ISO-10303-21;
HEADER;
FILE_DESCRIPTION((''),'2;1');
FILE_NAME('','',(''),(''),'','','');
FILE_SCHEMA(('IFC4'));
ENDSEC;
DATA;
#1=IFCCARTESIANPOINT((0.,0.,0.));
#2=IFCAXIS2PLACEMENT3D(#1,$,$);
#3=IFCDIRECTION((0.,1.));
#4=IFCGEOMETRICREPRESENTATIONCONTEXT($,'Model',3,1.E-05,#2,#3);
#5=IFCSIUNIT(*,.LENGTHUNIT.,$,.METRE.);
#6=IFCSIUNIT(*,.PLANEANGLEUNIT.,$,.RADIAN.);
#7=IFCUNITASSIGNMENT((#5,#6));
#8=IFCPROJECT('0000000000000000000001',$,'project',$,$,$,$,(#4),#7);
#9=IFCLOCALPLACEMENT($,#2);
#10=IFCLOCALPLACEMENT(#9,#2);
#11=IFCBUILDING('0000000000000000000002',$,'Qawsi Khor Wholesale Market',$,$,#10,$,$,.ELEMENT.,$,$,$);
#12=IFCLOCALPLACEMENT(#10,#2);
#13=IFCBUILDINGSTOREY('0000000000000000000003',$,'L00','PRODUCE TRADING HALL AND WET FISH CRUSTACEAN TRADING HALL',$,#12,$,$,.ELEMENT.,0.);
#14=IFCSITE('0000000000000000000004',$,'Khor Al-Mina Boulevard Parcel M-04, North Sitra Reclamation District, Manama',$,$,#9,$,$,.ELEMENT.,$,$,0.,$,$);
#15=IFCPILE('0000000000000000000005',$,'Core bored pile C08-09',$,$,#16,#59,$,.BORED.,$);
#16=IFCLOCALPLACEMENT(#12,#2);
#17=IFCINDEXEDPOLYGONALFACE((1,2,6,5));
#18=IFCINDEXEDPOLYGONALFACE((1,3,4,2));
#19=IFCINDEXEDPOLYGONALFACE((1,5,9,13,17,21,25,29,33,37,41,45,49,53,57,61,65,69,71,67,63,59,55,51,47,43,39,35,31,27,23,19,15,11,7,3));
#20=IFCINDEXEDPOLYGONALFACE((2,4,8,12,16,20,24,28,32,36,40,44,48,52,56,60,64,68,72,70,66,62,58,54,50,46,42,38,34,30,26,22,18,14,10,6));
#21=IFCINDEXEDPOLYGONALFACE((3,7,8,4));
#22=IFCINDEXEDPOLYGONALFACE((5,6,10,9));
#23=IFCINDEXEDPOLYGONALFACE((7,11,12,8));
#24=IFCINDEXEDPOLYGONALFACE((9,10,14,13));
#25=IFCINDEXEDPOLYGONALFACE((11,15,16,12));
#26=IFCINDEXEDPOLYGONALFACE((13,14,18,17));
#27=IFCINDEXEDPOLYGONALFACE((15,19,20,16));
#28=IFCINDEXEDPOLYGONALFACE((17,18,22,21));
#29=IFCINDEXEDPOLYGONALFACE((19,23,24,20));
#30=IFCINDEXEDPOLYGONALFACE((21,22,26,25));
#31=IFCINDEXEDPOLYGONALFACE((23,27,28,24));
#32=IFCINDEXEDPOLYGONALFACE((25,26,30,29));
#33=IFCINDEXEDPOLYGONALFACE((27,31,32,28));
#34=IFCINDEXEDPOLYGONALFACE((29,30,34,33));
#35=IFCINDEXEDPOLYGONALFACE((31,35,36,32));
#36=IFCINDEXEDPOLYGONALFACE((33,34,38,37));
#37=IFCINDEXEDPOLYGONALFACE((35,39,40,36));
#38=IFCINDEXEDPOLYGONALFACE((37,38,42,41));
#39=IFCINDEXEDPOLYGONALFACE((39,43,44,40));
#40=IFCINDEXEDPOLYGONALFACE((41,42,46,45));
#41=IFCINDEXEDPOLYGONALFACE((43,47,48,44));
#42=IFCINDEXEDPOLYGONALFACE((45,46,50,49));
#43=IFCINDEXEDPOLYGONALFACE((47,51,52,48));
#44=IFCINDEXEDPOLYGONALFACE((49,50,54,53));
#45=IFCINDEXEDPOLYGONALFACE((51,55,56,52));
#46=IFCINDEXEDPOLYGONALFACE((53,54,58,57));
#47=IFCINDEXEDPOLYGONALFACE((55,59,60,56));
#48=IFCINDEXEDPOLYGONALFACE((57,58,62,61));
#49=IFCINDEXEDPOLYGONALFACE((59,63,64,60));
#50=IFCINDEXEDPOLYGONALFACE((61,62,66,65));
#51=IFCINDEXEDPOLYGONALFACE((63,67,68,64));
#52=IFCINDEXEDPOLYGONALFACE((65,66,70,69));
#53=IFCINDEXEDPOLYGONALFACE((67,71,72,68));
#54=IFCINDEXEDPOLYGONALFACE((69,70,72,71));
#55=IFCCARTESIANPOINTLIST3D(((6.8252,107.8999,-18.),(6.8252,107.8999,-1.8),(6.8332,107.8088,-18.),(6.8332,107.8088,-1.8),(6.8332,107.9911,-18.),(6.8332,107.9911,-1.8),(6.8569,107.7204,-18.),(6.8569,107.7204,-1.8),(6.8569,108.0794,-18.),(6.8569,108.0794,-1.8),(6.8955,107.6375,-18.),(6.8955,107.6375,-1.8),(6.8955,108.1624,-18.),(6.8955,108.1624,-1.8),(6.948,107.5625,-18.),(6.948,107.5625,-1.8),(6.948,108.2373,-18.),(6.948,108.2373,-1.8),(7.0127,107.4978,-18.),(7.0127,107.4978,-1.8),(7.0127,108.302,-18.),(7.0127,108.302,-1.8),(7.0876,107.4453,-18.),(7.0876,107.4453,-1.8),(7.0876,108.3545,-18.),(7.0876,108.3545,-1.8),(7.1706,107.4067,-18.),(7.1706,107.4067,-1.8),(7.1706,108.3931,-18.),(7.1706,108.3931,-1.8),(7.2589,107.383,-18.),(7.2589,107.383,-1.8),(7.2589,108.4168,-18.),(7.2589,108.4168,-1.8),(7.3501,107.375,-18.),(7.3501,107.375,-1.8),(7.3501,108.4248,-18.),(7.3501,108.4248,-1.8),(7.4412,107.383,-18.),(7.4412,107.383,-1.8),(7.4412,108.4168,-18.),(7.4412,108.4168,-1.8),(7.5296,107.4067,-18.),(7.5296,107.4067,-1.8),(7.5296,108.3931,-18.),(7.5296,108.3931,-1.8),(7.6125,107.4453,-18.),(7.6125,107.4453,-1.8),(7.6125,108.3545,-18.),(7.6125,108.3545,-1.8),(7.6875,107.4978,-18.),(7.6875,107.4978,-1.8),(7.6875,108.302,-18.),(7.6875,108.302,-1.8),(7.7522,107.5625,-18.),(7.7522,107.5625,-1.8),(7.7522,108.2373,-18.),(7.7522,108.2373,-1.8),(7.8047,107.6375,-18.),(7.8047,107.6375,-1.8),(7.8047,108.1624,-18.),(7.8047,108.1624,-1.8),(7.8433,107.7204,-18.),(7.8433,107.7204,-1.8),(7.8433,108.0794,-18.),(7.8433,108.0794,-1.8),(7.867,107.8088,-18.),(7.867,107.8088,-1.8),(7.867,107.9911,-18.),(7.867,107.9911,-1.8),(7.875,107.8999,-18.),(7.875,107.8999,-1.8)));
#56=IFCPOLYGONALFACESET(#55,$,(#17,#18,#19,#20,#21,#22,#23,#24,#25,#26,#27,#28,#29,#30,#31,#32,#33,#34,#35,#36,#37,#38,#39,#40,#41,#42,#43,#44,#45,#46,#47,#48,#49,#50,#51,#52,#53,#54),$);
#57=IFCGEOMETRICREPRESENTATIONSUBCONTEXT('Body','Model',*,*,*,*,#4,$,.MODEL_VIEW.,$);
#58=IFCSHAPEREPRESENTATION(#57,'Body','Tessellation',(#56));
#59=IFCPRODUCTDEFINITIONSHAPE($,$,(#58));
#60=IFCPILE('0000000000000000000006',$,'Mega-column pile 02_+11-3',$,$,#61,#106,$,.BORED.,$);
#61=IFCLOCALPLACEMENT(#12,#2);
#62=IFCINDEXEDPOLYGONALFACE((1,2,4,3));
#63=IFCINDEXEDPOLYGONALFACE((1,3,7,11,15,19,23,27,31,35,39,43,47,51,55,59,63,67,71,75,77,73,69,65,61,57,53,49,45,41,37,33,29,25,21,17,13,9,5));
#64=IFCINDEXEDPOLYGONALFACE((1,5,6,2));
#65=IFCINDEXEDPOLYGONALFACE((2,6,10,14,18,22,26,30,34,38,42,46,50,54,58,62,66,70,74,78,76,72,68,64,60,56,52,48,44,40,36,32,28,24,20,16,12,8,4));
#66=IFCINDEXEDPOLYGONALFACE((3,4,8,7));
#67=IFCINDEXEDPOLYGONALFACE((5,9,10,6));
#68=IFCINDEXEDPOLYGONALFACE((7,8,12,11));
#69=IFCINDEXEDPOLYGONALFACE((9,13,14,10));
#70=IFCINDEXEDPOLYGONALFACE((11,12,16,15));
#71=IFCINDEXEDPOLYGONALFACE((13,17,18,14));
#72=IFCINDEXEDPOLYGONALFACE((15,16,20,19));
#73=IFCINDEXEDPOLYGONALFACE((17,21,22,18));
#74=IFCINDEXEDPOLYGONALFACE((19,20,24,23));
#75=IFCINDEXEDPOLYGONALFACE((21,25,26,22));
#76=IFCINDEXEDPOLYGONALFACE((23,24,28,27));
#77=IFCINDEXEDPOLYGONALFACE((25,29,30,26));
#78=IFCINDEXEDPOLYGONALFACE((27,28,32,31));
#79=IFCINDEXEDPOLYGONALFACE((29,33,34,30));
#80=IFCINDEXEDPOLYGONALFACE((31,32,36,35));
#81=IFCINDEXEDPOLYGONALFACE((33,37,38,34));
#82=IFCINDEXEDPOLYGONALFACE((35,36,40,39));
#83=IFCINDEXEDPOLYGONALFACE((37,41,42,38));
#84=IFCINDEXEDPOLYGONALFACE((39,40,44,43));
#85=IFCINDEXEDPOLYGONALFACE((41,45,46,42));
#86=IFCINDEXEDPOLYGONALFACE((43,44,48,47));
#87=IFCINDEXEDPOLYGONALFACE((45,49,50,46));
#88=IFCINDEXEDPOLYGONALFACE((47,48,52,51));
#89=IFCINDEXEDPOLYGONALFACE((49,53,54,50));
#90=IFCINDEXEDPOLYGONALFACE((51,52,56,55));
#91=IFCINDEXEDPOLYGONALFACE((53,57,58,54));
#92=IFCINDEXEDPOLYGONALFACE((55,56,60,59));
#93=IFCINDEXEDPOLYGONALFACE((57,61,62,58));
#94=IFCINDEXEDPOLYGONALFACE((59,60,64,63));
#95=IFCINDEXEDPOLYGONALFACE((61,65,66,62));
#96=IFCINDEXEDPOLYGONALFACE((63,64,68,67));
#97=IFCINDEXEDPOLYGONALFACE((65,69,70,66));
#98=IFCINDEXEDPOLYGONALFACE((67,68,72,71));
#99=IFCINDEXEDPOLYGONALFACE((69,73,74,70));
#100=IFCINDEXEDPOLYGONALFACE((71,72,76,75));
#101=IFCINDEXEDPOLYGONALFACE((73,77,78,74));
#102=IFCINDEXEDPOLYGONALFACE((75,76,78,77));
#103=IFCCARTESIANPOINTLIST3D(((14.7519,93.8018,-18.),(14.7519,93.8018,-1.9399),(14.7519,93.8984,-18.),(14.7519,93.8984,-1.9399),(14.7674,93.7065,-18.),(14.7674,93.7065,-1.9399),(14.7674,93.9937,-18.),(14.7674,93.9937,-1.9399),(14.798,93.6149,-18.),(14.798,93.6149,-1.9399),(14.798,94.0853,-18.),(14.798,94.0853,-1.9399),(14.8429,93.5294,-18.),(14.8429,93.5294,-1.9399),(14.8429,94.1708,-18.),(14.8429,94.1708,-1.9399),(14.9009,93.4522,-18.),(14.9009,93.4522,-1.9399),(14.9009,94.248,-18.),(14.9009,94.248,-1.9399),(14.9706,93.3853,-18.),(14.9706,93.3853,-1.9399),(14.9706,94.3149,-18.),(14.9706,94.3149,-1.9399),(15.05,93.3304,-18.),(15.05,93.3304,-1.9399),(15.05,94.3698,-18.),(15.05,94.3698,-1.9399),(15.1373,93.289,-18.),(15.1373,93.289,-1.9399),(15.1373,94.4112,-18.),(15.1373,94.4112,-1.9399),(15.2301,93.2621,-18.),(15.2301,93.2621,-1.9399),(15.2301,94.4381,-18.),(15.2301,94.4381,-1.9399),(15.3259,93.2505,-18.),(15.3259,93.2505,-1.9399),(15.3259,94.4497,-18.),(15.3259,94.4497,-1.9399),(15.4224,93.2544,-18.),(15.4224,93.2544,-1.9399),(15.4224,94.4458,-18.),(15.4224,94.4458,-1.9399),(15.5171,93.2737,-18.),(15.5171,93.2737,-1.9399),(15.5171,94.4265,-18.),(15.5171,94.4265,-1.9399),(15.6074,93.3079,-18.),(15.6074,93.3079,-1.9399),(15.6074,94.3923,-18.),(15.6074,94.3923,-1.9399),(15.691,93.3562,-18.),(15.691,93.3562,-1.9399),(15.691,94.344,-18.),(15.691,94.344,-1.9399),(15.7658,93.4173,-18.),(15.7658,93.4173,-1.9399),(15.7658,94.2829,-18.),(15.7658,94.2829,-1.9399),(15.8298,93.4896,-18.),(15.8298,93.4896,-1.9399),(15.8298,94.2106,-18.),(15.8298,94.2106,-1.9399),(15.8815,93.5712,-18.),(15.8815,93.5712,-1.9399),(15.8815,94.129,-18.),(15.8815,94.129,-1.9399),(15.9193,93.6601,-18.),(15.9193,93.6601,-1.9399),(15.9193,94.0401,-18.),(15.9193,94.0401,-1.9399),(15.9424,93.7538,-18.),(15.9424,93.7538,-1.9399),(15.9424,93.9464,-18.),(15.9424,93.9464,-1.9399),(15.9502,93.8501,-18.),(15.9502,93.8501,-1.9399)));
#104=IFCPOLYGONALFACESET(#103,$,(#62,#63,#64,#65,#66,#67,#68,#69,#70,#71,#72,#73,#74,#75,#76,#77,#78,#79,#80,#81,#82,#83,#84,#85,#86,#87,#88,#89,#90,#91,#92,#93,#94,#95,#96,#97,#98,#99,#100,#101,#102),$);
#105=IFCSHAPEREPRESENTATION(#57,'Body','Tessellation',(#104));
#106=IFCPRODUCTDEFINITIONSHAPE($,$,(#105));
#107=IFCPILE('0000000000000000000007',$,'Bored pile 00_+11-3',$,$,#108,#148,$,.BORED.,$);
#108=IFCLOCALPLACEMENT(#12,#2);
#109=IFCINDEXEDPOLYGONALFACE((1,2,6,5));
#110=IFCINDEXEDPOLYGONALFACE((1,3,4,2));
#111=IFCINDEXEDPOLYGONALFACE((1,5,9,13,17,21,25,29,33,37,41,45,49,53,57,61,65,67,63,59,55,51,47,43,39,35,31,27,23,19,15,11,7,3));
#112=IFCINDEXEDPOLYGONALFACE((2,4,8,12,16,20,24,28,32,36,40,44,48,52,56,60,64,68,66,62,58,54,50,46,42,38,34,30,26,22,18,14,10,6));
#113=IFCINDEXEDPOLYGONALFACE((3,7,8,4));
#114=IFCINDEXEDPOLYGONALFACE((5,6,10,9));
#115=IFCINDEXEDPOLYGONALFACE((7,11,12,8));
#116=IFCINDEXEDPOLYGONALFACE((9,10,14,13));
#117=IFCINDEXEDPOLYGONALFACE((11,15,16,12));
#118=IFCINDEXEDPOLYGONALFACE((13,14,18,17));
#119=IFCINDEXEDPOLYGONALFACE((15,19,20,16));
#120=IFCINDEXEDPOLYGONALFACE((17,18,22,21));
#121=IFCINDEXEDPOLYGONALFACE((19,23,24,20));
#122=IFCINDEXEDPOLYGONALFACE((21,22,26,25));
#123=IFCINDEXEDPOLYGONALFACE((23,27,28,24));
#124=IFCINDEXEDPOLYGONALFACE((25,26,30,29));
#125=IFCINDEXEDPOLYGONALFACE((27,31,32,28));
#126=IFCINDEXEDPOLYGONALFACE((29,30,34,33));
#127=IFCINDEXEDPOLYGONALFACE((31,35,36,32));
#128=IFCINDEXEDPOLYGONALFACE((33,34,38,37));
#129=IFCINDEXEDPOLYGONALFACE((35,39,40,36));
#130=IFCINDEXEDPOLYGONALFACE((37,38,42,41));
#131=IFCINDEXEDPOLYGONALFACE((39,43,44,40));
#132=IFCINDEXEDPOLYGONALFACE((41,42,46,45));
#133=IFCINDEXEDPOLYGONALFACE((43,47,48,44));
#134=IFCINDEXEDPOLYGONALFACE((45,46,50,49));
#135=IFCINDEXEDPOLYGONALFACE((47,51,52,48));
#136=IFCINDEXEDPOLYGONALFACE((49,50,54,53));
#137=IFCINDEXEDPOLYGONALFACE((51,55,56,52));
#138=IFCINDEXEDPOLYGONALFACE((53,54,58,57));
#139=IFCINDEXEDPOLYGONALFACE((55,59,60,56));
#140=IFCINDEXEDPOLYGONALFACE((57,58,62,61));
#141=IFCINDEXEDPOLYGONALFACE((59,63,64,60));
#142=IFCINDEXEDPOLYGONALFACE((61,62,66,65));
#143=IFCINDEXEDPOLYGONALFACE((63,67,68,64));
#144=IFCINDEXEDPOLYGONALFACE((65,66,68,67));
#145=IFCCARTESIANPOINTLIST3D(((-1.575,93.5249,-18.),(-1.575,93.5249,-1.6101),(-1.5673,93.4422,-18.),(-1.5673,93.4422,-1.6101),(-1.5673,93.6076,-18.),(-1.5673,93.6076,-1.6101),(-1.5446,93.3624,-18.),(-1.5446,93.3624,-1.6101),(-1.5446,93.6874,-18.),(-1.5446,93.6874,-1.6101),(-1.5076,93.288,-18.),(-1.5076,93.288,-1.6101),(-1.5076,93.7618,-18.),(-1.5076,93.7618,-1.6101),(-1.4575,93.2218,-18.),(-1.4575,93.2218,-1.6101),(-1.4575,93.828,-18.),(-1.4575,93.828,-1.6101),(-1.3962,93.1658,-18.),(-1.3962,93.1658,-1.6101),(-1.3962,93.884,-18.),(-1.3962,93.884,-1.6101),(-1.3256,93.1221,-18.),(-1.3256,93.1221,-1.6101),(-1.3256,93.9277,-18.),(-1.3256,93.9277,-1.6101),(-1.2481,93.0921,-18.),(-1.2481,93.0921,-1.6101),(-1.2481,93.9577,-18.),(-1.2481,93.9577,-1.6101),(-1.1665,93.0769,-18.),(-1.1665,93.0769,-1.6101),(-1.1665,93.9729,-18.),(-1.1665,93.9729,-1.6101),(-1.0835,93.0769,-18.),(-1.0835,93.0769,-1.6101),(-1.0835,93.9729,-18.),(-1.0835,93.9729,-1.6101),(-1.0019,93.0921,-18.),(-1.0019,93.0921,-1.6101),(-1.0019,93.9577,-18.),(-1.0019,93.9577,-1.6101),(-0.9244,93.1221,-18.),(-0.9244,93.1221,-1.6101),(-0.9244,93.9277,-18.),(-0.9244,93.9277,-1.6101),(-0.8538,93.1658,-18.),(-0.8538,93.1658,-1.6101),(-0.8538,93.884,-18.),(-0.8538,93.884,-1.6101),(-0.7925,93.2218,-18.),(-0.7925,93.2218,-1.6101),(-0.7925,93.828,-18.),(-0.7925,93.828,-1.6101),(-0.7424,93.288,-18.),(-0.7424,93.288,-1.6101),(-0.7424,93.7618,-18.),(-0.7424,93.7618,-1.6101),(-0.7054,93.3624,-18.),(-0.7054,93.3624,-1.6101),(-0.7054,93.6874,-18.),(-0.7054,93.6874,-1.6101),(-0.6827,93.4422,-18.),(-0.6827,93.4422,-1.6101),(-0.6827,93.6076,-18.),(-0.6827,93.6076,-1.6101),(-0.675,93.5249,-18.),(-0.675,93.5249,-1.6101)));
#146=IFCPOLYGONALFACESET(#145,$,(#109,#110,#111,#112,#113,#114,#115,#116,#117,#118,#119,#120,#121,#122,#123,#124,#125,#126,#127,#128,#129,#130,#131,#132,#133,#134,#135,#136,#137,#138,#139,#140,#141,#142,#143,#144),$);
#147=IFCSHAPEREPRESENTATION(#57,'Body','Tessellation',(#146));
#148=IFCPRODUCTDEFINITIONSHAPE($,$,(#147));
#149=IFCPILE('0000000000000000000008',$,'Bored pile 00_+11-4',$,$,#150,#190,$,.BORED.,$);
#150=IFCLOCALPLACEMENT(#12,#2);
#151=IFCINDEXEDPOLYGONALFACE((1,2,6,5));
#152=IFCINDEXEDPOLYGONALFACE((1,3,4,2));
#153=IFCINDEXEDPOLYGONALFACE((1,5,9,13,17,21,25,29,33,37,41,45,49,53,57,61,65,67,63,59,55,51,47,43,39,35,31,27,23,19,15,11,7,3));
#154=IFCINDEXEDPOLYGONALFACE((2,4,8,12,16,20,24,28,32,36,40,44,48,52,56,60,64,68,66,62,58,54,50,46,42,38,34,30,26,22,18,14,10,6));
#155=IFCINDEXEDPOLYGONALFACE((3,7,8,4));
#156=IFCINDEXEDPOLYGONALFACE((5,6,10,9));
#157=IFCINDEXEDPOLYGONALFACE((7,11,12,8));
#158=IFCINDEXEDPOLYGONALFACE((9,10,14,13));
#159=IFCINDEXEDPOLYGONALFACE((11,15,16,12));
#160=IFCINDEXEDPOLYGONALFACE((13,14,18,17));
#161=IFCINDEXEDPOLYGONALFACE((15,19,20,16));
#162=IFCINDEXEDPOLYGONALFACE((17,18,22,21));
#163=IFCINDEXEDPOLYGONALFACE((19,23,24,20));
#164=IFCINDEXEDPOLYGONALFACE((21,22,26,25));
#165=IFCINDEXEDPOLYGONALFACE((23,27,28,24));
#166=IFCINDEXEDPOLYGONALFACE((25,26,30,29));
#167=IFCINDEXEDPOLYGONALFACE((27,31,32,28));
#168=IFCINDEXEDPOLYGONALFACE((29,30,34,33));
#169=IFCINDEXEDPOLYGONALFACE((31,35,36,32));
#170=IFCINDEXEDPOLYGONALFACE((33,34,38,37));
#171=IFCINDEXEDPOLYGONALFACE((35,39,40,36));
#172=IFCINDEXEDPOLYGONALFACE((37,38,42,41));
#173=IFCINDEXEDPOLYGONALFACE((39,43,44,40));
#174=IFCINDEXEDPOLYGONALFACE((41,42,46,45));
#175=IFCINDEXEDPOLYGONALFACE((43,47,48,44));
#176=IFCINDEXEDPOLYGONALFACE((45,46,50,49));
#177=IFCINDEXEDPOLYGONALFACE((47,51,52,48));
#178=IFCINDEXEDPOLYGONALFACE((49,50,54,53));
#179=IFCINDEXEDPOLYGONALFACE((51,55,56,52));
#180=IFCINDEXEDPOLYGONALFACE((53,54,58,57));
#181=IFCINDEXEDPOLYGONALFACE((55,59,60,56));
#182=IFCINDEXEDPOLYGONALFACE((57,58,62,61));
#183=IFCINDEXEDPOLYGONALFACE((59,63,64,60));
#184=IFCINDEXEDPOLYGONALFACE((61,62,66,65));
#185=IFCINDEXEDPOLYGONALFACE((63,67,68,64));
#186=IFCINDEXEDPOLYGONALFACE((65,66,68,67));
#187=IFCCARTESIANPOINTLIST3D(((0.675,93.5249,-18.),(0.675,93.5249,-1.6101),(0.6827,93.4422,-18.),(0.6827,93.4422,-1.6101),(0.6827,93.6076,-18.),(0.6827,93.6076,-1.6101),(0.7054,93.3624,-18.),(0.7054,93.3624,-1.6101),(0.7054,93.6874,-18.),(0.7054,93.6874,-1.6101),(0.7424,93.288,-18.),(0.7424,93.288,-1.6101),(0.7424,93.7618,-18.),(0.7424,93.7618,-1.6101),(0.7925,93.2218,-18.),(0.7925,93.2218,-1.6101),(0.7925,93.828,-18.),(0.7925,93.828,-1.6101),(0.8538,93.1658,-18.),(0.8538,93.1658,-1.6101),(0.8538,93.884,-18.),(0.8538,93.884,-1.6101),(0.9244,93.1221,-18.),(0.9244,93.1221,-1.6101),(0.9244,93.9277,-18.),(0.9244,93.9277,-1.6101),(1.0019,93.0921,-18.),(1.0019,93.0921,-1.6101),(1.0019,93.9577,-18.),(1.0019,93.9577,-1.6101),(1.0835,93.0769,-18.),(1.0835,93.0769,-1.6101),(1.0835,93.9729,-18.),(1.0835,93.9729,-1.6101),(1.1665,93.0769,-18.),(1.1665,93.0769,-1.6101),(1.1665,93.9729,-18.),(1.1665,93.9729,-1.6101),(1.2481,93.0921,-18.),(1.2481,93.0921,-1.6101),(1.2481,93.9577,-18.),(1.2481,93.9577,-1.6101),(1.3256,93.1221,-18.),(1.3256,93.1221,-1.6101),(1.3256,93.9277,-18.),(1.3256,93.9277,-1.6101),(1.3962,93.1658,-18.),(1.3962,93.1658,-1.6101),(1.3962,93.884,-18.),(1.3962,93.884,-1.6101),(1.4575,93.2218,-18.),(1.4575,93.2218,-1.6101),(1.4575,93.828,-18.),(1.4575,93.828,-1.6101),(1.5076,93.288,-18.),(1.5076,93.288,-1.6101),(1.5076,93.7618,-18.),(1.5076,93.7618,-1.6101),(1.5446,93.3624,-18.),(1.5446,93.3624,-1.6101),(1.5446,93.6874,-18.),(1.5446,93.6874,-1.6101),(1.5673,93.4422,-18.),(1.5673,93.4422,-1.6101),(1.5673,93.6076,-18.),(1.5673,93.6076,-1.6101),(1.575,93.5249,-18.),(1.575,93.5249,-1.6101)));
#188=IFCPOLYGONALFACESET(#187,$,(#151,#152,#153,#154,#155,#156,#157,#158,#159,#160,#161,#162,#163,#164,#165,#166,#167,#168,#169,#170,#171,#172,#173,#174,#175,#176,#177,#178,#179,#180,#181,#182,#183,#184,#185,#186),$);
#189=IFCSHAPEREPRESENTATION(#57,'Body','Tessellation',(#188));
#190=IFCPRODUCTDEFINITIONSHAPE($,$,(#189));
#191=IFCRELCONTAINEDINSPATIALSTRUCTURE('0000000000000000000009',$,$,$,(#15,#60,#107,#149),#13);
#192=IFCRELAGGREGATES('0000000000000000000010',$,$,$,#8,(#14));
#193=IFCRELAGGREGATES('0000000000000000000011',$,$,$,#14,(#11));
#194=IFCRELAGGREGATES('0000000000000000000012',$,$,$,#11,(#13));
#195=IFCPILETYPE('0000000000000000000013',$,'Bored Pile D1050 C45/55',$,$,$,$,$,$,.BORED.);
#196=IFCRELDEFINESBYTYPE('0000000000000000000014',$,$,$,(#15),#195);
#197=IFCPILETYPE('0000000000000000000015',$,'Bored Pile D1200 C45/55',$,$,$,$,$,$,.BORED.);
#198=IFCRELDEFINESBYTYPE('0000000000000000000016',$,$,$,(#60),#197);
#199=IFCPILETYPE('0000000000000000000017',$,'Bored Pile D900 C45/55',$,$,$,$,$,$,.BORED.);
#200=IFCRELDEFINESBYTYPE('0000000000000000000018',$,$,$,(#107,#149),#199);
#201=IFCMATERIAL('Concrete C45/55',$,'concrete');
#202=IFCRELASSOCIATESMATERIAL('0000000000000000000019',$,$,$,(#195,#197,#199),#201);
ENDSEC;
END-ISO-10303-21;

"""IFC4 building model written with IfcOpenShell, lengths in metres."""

from ifc_helpers import new_model, si_unit, direction, frame, origin, origin_2d, place, context, subcontext, project, spatial, circle, extrude, material, material_profile, profile_set, type_object, element, save


model = new_model("IFC4")

# Units and contexts
model_context = context("Model", 3, precision=1e-05, world=origin(), true_north=direction((0.0, 1.0)))
body_context = subcontext(model_context, "Body", "Model", "MODEL_VIEW")
ifc_project = project(units=[si_unit("LENGTHUNIT", "METRE"), si_unit("PLANEANGLEUNIT", "RADIAN")], contexts=[model_context])

# Site, building, storey
site_placement = place(None, origin())
site = spatial("IfcSite", under=ifc_project, at=site_placement, Name="Khor Al-Mina Boulevard Parcel M-04, North Sitra Reclamation District, Manama", CompositionType="ELEMENT", RefElevation=0.0)
building_placement = place(site_placement, origin())
building = spatial("IfcBuilding", under=site, at=building_placement, Name="Qawsi Khor Wholesale Market", CompositionType="ELEMENT")
storey_placement = place(building_placement, origin())
storey = spatial("IfcBuildingStorey", under=building, at=storey_placement, Name="L00", Description="PRODUCE TRADING HALL AND WET FISH CRUSTACEAN TRADING HALL", CompositionType="ELEMENT", Elevation=0.0)

# Piles
ifc_material_1 = material(Name="Concrete C45/55", Category="concrete")
ifc_material_profile_1 = material_profile(ifc_material_1, circle(Radius=0.5249, at=origin_2d()), Name="PILE D1050")
ifc_profile_set_1 = profile_set([ifc_material_profile_1], Name="Concrete C45/55")
pile_type_1 = type_object("IfcPileType", Name="Bored Pile D1050 C45/55", PredefinedType="BORED", material=ifc_profile_set_1)
for number, where, z_axis, x_axis, name in (
    (1, (7.3501, 107.8999, -1.8), (0.0, 0.0, -1.0), (1.0, 0.0, 0.0), "Core bored pile C08-09"),
):
    element("IfcPile", number, at=place(storey_placement, frame(where, z_axis=z_axis, x_axis=x_axis)), inside=storey, type_object=pile_type_1, Name=name, PredefinedType="BORED", context=body_context, shape_type="SweptSolid", body=[
        extrude(circle(Radius=0.5249, at=origin_2d()), origin(), (0.0, 0.0, 1.0), 16.2),
    ])
ifc_material_profile_2 = material_profile(ifc_material_1, circle(Radius=0.6001, at=origin_2d()), Name="PILE D1200")
ifc_profile_set_2 = profile_set([ifc_material_profile_2], Name="Concrete C45/55")
pile_type_2 = type_object("IfcPileType", Name="Bored Pile D1200 C45/55", PredefinedType="BORED", material=ifc_profile_set_2)
pile_placement = place(storey_placement, frame((15.3501, 93.8501, -1.9399), z_axis=(0.0, 0.0, -1.0), x_axis=(1.0, 0.0, 0.0)))
element("IfcPile", 2, at=pile_placement, inside=storey, type_object=pile_type_2, Name="Mega-column pile 02_+11-3", PredefinedType="BORED", context=body_context, shape_type="SweptSolid", body=[
    extrude(circle(Radius=0.6001, at=origin_2d()), origin(), (0.0, 0.0, 1.0), 16.0601),
])
ifc_material_profile_3 = material_profile(ifc_material_1, circle(Radius=0.45, at=origin_2d()), Name="PILE D900")
ifc_profile_set_3 = profile_set([ifc_material_profile_3], Name="Concrete C45/55")
pile_type_3 = type_object("IfcPileType", Name="Bored Pile D900 C45/55", PredefinedType="BORED", material=ifc_profile_set_3)
for number, where, z_axis, x_axis, name in (
    (3, (-1.125, 93.5249, -1.6101), (0.0, 0.0, -1.0), (1.0, 0.0, 0.0), "Bored pile 00_+11-3"),
    (4, (1.125, 93.5249, -1.6101), (0.0, 0.0, -1.0), (1.0, 0.0, 0.0), "Bored pile 00_+11-4"),
):
    element("IfcPile", number, at=place(storey_placement, frame(where, z_axis=z_axis, x_axis=x_axis)), inside=storey, type_object=pile_type_3, Name=name, PredefinedType="BORED", context=body_context, shape_type="SweptSolid", body=[
        extrude(circle(Radius=0.45, at=origin_2d()), origin(), (0.0, 0.0, 1.0), 16.3899),
    ])

save(model, "model.ifc")
